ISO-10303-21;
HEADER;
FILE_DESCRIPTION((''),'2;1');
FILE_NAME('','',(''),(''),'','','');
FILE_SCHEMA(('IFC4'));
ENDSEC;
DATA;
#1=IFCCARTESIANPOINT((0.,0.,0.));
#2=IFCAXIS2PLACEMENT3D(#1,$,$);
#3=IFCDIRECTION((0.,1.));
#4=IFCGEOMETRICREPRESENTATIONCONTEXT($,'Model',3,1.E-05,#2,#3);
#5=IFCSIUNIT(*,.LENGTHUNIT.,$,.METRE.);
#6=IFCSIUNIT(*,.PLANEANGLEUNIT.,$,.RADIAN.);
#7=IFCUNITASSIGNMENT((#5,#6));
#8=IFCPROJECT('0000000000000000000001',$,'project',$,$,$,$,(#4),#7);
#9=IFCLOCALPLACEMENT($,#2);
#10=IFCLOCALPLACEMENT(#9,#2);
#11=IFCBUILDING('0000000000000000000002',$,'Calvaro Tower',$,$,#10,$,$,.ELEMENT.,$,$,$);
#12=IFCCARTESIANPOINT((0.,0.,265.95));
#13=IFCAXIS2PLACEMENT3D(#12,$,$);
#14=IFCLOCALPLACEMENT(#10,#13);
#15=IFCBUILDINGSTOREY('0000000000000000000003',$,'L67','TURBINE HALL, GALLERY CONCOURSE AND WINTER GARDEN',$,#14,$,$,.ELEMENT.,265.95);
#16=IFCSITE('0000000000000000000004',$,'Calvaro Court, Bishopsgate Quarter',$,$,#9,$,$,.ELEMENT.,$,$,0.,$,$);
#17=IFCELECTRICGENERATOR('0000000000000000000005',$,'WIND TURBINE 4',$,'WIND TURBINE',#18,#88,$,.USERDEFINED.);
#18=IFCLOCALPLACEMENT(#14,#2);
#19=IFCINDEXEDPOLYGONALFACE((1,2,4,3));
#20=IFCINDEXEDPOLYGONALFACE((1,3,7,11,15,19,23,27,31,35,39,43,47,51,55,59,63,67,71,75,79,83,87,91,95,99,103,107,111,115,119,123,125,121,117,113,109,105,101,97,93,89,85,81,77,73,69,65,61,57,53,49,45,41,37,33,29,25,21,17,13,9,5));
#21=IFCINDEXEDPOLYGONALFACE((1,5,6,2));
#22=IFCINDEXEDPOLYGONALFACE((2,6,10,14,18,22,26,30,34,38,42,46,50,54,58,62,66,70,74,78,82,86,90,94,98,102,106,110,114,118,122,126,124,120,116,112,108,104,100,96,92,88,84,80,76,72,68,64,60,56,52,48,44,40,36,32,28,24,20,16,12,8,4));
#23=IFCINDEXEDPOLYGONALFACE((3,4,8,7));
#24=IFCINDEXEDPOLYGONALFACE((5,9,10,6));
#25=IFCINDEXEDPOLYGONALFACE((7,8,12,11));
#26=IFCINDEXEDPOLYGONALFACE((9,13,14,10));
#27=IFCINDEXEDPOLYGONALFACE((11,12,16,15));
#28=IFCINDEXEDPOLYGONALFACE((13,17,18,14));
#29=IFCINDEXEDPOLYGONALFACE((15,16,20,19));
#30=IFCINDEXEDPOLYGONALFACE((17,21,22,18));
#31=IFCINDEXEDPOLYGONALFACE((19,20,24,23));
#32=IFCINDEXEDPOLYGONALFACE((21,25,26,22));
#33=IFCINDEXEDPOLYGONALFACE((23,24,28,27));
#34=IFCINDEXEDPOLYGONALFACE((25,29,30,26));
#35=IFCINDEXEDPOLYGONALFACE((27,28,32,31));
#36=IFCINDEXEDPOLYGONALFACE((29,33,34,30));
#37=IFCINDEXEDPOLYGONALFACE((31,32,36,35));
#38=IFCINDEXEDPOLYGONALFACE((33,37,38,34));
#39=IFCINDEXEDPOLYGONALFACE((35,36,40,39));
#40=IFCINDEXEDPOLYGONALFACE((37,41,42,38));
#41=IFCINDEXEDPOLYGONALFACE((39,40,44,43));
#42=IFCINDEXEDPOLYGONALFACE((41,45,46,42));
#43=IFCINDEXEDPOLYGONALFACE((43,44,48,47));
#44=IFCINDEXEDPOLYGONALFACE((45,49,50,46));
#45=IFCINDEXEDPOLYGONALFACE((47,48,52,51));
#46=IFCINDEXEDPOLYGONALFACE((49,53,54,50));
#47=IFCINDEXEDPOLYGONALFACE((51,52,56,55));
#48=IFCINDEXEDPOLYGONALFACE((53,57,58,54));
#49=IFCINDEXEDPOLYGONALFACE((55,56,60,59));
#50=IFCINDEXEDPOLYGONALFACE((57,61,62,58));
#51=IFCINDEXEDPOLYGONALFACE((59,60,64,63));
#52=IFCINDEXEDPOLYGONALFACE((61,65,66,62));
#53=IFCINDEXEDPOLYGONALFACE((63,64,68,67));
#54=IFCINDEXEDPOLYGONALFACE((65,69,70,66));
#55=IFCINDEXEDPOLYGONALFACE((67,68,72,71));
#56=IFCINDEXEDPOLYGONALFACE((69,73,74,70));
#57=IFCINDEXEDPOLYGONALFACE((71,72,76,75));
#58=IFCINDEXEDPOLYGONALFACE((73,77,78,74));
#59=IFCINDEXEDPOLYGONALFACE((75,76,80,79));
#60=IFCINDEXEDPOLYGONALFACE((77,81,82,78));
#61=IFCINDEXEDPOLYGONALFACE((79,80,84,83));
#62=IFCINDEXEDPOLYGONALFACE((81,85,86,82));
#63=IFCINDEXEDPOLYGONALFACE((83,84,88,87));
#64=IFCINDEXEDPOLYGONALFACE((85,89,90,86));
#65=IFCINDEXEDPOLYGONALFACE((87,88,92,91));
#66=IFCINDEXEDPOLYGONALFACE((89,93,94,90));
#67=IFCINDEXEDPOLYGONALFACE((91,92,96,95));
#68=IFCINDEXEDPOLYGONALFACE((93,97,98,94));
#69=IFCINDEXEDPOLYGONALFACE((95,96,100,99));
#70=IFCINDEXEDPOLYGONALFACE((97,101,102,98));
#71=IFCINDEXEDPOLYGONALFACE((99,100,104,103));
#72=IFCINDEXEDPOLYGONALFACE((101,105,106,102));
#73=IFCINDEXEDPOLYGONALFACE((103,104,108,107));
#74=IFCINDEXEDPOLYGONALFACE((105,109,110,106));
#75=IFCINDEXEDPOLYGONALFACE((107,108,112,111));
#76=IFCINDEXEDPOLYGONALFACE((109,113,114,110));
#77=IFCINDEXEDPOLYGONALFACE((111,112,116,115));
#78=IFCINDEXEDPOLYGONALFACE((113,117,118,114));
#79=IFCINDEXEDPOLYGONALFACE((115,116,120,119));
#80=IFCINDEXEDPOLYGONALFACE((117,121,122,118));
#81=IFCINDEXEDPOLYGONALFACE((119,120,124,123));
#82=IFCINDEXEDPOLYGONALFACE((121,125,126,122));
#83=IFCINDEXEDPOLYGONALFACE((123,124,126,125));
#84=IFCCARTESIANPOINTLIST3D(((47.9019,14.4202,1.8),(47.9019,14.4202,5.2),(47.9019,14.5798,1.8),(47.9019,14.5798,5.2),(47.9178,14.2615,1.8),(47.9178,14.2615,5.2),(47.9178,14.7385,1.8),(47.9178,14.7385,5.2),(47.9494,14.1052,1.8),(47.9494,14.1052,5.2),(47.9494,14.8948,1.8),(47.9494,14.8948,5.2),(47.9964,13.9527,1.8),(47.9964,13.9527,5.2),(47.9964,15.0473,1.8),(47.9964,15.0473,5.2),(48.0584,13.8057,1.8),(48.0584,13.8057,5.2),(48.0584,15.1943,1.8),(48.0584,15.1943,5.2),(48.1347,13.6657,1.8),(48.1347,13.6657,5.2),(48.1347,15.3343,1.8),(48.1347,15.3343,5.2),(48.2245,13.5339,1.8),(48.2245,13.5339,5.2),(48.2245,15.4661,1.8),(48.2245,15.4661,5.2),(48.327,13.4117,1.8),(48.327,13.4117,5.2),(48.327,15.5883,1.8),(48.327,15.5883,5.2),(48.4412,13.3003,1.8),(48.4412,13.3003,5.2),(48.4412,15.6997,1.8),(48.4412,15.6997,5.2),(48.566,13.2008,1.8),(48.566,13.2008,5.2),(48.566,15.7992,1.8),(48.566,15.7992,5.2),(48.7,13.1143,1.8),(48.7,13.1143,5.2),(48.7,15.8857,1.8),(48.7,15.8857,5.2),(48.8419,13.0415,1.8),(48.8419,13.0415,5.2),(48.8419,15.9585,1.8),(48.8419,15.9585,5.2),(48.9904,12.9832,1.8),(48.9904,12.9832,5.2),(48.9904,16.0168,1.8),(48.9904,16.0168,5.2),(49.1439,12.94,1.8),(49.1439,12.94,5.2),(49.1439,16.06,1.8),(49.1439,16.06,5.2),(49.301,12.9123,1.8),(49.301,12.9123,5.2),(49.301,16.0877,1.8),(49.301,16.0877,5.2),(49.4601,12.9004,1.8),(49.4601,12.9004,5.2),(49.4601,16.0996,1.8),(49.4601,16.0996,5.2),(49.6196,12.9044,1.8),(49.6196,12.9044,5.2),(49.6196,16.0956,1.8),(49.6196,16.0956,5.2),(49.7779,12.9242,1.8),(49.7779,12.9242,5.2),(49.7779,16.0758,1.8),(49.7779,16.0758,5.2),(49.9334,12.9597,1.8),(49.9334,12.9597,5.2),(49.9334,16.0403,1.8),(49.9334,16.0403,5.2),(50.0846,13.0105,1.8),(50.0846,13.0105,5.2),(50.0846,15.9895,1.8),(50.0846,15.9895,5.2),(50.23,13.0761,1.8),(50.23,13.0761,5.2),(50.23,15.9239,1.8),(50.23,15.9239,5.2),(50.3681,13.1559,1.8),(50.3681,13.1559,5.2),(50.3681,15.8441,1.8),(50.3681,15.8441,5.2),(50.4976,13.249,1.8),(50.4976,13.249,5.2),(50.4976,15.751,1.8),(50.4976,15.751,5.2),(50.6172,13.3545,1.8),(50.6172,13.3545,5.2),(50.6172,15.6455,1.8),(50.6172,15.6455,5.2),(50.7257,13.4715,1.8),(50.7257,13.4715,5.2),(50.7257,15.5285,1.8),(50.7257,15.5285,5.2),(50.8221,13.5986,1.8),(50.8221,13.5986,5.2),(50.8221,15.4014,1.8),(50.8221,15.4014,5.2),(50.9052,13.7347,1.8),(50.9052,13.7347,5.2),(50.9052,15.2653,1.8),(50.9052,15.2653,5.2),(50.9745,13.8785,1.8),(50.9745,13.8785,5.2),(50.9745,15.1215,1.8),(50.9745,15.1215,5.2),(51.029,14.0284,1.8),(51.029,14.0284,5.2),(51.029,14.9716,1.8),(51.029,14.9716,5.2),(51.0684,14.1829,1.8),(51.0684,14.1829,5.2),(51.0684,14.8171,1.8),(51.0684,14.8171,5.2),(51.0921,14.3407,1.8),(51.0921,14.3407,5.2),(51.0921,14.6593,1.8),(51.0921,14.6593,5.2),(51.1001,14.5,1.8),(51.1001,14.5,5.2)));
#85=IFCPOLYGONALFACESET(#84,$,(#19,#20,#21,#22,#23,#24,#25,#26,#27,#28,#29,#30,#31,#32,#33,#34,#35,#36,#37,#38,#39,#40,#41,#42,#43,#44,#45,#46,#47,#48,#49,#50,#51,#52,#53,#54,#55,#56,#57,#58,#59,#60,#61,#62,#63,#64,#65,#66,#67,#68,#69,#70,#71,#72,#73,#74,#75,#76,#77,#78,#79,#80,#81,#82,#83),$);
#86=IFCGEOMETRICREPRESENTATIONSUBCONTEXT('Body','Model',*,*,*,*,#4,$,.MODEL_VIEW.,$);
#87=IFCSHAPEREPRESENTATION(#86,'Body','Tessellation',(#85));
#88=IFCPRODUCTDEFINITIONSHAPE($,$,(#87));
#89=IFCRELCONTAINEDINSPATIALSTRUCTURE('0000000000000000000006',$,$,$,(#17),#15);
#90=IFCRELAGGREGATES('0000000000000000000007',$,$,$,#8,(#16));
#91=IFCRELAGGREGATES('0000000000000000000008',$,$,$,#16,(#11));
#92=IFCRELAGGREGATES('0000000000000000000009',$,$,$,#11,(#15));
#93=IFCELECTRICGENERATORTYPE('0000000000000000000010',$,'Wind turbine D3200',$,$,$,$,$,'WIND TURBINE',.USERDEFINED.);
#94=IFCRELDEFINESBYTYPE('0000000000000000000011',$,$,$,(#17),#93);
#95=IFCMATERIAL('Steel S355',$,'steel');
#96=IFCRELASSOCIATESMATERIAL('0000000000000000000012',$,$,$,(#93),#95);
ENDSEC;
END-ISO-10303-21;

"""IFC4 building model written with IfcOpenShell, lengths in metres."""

from ifc_helpers import new_model, si_unit, direction, frame, origin, origin_2d, place, context, subcontext, project, spatial, circle, extrude, material, material_profile, profile_set, type_object, element, save


model = new_model("IFC4")

# Units and contexts
model_context = context("Model", 3, precision=1e-05, world=origin(), true_north=direction((0.0, 1.0)))
body_context = subcontext(model_context, "Body", "Model", "MODEL_VIEW")
ifc_project = project(units=[si_unit("LENGTHUNIT", "METRE"), si_unit("PLANEANGLEUNIT", "RADIAN")], contexts=[model_context])

# Site, building, storey
site_placement = place(None, origin())
site = spatial("IfcSite", under=ifc_project, at=site_placement, Name="Calvaro Court, Bishopsgate Quarter", CompositionType="ELEMENT", RefElevation=0.0)
building_placement = place(site_placement, origin())
building = spatial("IfcBuilding", under=site, at=building_placement, Name="Calvaro Tower", CompositionType="ELEMENT")
storey_placement = place(building_placement, frame((0.0, 0.0, 265.95)))
storey = spatial("IfcBuildingStorey", under=building, at=storey_placement, Name="L67", Description="TURBINE HALL, GALLERY CONCOURSE AND WINTER GARDEN", CompositionType="ELEMENT", Elevation=265.95)

# Electric generator
ifc_material_1 = material(Name="Steel S355", Category="steel")
ifc_material_profile_1 = material_profile(ifc_material_1, circle(Radius=1.6001, at=origin_2d()), Name="Wind turbine D3200")
ifc_profile_set_1 = profile_set([ifc_material_profile_1], Name="Steel S355")
electric_generator_type = type_object("IfcElectricGeneratorType", Name="Wind turbine D3200", ElementType="WIND TURBINE", PredefinedType="USERDEFINED", material=ifc_profile_set_1)
for number, where, z_axis, x_axis, name in (
    (1, (49.5, 14.5, 1.8), (0.0, 0.0, 1.0), (1.0, 0.0, 0.0), "WIND TURBINE 4"),
):
    element("IfcElectricGenerator", number, at=place(storey_placement, frame(where, z_axis=z_axis, x_axis=x_axis)), inside=storey, type_object=electric_generator_type, Name=name, ObjectType="WIND TURBINE", PredefinedType="USERDEFINED", context=body_context, shape_type="SweptSolid", body=[
        extrude(circle(Radius=1.6001, at=origin_2d()), origin(), (0.0, 0.0, 1.0), 3.3999),
    ])

save(model, "model.ifc")
